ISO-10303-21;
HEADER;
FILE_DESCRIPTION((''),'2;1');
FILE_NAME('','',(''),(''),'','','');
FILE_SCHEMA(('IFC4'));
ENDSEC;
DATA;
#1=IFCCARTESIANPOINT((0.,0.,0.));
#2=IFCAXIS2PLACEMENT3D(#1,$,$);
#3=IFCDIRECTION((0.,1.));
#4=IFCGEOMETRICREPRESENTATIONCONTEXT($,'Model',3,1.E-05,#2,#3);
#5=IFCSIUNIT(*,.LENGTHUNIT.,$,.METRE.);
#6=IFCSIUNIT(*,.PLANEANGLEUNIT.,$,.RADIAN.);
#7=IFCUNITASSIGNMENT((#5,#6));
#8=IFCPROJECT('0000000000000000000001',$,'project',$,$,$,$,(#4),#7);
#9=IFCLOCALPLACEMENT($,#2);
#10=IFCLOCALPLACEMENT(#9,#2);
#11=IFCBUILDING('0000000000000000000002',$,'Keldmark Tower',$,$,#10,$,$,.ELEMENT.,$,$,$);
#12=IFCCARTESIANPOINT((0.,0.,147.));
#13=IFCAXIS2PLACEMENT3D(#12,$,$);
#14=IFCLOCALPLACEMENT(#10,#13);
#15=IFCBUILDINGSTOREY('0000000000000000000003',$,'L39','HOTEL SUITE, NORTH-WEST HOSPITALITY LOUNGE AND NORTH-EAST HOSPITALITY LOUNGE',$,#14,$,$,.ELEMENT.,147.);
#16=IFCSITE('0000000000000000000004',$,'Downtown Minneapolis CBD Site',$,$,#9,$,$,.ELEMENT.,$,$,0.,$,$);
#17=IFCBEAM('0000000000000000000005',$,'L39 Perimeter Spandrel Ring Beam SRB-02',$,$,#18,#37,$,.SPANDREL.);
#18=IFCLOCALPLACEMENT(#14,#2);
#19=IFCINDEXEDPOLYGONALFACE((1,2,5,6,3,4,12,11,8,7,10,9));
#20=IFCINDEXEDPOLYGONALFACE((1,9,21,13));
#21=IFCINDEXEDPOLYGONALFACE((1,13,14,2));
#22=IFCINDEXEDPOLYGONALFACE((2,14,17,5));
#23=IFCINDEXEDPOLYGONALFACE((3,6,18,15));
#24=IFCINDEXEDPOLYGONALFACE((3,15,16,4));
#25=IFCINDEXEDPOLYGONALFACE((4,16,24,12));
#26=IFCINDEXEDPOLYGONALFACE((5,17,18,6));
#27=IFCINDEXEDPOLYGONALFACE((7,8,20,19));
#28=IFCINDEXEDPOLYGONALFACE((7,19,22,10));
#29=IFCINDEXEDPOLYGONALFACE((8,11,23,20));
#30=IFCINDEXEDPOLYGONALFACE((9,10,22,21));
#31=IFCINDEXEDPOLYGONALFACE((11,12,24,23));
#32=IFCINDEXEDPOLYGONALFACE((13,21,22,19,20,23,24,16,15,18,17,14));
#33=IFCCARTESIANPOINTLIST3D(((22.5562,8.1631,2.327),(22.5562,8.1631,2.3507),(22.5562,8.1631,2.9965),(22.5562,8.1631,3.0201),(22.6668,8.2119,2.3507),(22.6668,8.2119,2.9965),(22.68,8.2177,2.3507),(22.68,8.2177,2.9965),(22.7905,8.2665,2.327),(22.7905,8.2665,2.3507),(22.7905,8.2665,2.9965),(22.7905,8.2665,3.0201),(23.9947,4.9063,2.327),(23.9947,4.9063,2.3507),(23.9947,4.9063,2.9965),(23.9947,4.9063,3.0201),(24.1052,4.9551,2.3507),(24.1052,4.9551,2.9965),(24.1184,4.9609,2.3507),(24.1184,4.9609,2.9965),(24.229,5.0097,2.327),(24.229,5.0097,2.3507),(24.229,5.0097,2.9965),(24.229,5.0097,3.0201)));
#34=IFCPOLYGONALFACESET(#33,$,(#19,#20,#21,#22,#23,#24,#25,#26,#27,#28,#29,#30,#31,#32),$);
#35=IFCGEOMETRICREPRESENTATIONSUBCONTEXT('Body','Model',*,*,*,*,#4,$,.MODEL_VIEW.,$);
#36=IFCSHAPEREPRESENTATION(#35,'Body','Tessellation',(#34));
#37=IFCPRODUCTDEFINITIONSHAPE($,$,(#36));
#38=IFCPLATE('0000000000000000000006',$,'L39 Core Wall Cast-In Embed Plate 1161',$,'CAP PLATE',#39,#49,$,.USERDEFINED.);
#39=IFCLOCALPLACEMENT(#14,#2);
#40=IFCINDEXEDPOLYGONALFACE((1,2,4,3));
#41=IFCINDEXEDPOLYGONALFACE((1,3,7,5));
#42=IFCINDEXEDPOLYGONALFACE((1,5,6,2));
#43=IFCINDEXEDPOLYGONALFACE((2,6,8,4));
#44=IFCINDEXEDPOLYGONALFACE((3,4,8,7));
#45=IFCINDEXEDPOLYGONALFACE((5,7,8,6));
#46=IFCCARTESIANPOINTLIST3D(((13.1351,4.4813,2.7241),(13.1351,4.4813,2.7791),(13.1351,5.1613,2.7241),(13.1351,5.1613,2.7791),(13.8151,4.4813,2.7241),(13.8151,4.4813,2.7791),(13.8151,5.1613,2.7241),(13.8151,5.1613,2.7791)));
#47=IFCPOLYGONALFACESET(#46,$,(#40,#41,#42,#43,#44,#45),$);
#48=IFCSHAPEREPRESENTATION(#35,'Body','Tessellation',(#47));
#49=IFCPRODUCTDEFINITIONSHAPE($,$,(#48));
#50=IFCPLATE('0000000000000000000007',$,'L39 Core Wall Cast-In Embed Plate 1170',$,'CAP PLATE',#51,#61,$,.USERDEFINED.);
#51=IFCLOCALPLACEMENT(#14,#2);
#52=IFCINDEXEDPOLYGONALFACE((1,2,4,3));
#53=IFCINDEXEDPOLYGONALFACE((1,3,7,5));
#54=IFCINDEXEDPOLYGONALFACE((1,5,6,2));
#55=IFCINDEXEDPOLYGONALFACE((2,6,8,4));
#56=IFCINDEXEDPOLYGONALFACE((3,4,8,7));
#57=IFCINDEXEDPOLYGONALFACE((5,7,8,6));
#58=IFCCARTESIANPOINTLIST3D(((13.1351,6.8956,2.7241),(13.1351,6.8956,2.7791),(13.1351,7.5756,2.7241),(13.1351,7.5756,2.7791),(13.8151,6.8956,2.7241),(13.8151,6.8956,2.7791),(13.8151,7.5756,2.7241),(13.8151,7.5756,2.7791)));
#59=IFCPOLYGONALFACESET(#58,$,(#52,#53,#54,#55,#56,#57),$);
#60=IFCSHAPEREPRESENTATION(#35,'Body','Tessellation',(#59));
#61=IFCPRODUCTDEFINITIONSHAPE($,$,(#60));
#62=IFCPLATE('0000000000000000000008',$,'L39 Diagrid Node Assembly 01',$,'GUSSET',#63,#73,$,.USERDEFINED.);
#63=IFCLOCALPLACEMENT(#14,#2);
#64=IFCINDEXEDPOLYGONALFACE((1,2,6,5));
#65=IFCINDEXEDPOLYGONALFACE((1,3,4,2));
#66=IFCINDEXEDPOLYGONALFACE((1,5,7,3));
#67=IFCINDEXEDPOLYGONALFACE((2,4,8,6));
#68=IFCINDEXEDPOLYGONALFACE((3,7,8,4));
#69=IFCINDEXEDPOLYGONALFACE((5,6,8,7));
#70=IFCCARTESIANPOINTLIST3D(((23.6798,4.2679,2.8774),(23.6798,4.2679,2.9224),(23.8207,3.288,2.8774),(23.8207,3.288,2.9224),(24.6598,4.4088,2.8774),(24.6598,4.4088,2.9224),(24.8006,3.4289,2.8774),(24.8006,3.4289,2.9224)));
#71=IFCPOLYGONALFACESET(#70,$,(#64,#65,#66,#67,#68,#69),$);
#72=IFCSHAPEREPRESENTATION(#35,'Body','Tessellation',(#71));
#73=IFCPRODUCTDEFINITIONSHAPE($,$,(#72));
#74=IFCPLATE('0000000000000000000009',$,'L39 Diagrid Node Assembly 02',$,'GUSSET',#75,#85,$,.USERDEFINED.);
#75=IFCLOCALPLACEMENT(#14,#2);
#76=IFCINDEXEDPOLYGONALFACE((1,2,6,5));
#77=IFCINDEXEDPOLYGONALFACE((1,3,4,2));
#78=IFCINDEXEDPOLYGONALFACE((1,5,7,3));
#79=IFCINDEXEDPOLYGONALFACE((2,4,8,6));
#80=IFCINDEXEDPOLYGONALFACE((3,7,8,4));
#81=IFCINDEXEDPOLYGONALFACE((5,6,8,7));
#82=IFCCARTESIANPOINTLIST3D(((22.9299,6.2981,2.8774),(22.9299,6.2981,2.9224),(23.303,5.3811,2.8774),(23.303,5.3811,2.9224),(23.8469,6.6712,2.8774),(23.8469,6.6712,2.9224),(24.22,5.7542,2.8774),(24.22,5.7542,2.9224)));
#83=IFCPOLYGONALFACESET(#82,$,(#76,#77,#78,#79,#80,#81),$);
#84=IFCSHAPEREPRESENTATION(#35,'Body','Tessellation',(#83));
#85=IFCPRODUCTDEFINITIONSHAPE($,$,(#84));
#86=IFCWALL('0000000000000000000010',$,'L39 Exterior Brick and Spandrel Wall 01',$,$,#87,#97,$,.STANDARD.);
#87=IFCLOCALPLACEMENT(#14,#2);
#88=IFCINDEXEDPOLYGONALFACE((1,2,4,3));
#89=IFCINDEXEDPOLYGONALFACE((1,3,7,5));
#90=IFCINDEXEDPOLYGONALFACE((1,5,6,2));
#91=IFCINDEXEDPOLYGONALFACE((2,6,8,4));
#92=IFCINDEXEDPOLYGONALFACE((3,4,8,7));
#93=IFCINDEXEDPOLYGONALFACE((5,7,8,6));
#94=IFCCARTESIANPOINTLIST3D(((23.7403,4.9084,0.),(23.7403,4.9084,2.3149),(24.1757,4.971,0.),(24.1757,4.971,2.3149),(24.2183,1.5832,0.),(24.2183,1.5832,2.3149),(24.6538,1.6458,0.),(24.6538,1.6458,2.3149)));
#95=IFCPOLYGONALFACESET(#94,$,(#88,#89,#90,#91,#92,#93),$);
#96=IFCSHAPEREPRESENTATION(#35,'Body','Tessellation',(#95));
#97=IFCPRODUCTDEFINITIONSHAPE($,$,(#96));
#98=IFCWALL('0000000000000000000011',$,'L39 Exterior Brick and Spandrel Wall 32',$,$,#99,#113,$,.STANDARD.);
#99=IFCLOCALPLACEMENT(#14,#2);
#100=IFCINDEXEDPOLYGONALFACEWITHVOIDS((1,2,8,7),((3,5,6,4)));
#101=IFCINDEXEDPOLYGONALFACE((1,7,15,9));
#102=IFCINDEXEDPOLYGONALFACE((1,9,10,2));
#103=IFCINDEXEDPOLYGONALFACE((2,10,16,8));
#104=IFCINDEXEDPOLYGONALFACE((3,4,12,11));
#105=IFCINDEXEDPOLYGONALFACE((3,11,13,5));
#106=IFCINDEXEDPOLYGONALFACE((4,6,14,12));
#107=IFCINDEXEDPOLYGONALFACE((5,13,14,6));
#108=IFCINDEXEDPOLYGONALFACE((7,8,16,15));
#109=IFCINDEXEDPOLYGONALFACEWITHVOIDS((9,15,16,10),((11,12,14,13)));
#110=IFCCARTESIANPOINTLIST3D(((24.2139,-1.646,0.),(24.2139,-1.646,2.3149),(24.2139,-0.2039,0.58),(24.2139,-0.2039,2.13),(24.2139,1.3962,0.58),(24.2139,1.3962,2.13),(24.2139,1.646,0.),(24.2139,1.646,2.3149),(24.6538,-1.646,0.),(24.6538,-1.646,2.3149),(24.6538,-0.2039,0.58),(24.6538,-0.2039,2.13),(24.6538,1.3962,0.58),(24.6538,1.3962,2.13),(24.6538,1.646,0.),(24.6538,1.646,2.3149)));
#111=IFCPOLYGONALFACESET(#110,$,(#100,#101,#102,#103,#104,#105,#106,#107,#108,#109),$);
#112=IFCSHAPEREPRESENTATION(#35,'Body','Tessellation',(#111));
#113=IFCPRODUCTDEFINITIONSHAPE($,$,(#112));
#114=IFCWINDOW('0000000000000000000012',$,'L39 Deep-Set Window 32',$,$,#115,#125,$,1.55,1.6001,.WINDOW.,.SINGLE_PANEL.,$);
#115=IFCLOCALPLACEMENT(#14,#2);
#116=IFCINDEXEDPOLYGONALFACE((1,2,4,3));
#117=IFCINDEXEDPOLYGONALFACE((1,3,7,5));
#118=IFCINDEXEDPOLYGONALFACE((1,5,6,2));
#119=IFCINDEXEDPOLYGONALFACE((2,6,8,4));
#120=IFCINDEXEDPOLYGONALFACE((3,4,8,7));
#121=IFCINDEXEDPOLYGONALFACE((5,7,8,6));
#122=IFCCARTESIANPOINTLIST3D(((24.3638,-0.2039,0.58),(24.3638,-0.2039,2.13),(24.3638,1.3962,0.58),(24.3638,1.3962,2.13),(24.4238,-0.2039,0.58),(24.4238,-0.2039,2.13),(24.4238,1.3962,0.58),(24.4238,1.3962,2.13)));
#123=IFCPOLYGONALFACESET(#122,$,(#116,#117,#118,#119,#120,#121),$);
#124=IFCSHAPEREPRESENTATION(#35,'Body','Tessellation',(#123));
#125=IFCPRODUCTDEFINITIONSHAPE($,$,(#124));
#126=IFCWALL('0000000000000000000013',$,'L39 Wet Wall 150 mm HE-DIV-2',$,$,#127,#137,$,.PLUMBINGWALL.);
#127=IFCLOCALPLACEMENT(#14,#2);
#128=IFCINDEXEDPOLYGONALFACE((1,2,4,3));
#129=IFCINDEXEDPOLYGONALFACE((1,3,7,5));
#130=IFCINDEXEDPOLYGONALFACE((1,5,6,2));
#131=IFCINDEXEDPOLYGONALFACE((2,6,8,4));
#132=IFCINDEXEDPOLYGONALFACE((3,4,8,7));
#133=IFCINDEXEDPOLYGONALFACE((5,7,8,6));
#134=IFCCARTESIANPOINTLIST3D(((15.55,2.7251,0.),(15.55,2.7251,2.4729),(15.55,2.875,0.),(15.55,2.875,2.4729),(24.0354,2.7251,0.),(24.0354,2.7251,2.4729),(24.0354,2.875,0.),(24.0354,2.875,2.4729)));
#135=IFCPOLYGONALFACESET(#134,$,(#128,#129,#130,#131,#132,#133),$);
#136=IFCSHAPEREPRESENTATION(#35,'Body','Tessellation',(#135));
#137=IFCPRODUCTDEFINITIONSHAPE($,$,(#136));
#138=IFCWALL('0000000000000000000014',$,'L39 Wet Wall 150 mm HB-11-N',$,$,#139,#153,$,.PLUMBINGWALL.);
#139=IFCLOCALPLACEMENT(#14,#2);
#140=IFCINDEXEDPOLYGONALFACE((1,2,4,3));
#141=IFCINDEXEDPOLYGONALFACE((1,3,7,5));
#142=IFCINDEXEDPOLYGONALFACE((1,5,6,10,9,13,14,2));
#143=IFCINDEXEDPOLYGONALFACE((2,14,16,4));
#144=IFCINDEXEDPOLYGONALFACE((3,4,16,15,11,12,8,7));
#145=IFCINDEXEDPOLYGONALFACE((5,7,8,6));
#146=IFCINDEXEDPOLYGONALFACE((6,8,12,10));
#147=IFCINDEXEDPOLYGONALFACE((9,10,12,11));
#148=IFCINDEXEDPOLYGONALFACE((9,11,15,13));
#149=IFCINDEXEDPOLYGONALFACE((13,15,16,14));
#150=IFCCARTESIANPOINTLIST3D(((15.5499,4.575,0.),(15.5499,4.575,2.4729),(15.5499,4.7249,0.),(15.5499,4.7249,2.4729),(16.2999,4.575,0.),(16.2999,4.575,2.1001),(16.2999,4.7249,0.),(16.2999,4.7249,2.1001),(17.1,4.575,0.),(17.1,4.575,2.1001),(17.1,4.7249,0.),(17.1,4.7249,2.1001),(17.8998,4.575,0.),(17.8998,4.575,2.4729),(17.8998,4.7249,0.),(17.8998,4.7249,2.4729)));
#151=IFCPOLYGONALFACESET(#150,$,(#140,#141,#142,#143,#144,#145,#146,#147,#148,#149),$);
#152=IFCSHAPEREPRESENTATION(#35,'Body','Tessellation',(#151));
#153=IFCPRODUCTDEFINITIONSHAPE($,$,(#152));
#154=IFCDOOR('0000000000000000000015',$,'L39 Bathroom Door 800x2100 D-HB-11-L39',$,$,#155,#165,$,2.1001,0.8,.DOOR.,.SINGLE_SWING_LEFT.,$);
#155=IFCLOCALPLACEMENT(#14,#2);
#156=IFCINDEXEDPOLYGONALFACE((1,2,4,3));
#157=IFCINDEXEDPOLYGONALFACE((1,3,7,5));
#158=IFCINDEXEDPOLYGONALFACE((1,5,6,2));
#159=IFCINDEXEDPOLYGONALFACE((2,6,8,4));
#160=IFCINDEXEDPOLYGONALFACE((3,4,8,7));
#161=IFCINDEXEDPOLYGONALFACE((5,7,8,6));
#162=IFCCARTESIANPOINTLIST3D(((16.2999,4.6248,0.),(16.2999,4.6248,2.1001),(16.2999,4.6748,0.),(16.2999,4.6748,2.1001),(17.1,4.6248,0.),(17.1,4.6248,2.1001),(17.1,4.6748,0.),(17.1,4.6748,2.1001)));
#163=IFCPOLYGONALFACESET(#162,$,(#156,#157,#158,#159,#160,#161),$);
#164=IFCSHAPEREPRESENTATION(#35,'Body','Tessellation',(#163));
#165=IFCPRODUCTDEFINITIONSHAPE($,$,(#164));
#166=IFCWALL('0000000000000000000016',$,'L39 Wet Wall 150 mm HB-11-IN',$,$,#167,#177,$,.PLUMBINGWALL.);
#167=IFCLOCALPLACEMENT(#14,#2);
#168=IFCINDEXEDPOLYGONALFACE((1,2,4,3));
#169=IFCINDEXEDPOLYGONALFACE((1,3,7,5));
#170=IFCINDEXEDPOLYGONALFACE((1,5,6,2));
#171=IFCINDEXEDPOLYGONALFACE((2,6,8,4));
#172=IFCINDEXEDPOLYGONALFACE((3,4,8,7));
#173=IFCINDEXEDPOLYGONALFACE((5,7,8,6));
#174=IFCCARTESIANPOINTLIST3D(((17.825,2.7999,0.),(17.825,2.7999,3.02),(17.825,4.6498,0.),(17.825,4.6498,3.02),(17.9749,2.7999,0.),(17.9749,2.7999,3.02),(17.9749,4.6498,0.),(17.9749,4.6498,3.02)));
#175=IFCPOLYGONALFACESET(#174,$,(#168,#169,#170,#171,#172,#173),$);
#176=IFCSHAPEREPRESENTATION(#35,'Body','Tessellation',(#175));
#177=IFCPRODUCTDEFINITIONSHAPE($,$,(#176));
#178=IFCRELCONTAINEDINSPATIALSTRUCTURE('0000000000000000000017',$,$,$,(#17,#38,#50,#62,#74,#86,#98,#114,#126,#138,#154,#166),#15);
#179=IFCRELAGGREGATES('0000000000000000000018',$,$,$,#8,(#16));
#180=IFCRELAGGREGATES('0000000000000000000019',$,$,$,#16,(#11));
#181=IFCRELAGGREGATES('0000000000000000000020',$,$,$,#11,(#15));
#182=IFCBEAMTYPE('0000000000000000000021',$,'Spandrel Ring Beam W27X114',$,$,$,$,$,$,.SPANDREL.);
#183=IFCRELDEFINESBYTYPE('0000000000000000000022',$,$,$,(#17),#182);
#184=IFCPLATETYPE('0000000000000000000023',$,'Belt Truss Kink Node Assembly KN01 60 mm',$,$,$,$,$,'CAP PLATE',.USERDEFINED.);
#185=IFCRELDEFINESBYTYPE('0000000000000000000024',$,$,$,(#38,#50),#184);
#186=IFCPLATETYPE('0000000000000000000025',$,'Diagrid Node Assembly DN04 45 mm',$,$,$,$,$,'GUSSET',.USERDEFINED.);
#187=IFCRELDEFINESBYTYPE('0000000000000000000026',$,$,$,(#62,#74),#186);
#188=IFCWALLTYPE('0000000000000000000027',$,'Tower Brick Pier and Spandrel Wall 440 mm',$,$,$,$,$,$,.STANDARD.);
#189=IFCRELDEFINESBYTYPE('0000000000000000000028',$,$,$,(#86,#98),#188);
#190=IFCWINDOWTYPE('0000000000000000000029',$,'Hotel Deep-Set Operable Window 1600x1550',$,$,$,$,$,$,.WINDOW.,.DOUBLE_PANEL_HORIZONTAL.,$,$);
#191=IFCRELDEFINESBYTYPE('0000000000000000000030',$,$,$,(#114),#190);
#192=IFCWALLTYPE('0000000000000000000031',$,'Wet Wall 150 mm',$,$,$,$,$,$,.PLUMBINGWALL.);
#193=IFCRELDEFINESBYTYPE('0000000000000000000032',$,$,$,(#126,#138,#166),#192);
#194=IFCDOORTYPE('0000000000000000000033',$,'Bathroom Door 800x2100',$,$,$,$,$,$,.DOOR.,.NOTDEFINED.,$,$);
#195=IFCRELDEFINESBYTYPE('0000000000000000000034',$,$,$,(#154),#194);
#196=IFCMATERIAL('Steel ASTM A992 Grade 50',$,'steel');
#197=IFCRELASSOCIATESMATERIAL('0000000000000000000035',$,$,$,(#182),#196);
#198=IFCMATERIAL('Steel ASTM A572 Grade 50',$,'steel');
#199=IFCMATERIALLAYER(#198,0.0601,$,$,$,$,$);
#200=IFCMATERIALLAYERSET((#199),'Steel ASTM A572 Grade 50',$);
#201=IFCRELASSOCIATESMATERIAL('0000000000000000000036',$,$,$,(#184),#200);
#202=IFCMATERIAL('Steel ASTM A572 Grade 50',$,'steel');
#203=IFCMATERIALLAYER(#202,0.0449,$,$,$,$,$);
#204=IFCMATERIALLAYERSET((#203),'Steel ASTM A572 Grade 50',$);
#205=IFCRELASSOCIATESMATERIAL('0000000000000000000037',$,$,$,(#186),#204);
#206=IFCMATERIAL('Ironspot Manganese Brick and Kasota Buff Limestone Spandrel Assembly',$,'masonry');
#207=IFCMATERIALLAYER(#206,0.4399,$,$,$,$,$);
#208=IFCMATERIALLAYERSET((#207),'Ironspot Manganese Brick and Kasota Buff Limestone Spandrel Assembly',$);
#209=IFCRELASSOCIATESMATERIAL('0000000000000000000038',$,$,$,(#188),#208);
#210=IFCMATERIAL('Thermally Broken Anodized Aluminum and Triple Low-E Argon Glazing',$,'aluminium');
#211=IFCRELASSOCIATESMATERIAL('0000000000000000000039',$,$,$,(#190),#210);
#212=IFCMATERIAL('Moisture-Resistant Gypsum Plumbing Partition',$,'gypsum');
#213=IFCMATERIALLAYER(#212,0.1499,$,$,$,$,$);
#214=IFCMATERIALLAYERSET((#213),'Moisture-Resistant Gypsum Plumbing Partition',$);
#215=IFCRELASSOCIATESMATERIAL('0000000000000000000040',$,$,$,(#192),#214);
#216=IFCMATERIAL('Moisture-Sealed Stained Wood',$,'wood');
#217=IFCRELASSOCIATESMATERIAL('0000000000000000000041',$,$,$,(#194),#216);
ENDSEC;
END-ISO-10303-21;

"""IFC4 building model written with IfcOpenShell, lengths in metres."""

from ifc_helpers import new_model, si_unit, direction, frame, frame_2d, origin, origin_2d, place, context, subcontext, project, spatial, rectangle, i_section, extrude, material, layer, layer_set, material_profile, profile_set, type_object, element, fill, save


model = new_model("IFC4")

# Units and contexts
model_context = context("Model", 3, precision=1e-05, world=origin(), true_north=direction((0.0, 1.0)))
body_context = subcontext(model_context, "Body", "Model", "MODEL_VIEW")
ifc_project = project(units=[si_unit("LENGTHUNIT", "METRE"), si_unit("PLANEANGLEUNIT", "RADIAN")], contexts=[model_context])

# Site, building, storey
site_placement = place(None, origin())
site = spatial("IfcSite", under=ifc_project, at=site_placement, Name="Downtown Minneapolis CBD Site", CompositionType="ELEMENT", RefElevation=0.0)
building_placement = place(site_placement, origin())
building = spatial("IfcBuilding", under=site, at=building_placement, Name="Keldmark Tower", CompositionType="ELEMENT")
storey_placement = place(building_placement, frame((0.0, 0.0, 147.0)))
storey = spatial("IfcBuildingStorey", under=building, at=storey_placement, Name="L39", Description="HOTEL SUITE, NORTH-WEST HOSPITALITY LOUNGE AND NORTH-EAST HOSPITALITY LOUNGE", CompositionType="ELEMENT", Elevation=147.0)

# Beam
ifc_material_1 = material(Name="Steel ASTM A992 Grade 50", Category="steel")
ifc_material_profile_1 = material_profile(ifc_material_1, i_section(OverallWidth=0.2561, OverallDepth=0.6931, WebThickness=0.0144, FlangeThickness=0.0237, at=origin_2d()), Name="W27X114")
ifc_profile_set_1 = profile_set([ifc_material_profile_1], Name="Steel ASTM A992 Grade 50")
beam_type_1 = type_object("IfcBeamType", Name="Spandrel Ring Beam W27X114", PredefinedType="SPANDREL", material=ifc_profile_set_1)
beam_1_placement = place(storey_placement, frame((24.1118, 4.958, 2.6736), z_axis=(-0.404025, 0.914748, 0.0), x_axis=(-0.914748, -0.404025, 0.0)))
element("IfcBeam", 1, at=beam_1_placement, inside=storey, type_object=beam_type_1, Name="L39 Perimeter Spandrel Ring Beam SRB-02", PredefinedType="SPANDREL", context=body_context, shape_type="SweptSolid", body=[
    extrude(i_section(OverallWidth=0.2561, OverallDepth=0.6931, WebThickness=0.0144, FlangeThickness=0.0237, at=origin_2d()), origin(), (0.0, 0.0, 1.0), 3.5603),
])

# Plates
ifc_material_2 = material(Name="Steel ASTM A572 Grade 50", Category="steel")
ifc_layer_1 = layer(ifc_material_2, 0.0601)
ifc_layer_set_1 = layer_set([ifc_layer_1], Name="Steel ASTM A572 Grade 50")
plate_type_1 = type_object("IfcPlateType", Name="Belt Truss Kink Node Assembly KN01 60 mm", ElementType="CAP PLATE", PredefinedType="USERDEFINED", material=ifc_layer_set_1)
for number, where, z_axis, x_axis, name in (
    (2, (13.4751, 4.8213, 2.7241), (0.0, 0.0, 1.0), (1.0, 0.0, 0.0), "L39 Core Wall Cast-In Embed Plate 1161"),
    (3, (13.4751, 7.2356, 2.7241), (0.0, 0.0, 1.0), (1.0, 0.0, 0.0), "L39 Core Wall Cast-In Embed Plate 1170"),
):
    element("IfcPlate", number, at=place(storey_placement, frame(where, z_axis=z_axis, x_axis=x_axis)), inside=storey, type_object=plate_type_1, Name=name, ObjectType="CAP PLATE", PredefinedType="USERDEFINED", context=body_context, shape_type="SweptSolid", body=[
        extrude(rectangle(XDim=0.6799, YDim=0.6799, at=origin_2d()), origin(), (0.0, 0.0, 1.0), 0.0549),
    ])
ifc_material_3 = material(Name="Steel ASTM A572 Grade 50", Category="steel")
ifc_layer_2 = layer(ifc_material_3, 0.0449)
ifc_layer_set_2 = layer_set([ifc_layer_2], Name="Steel ASTM A572 Grade 50")
plate_type_2 = type_object("IfcPlateType", Name="Diagrid Node Assembly DN04 45 mm", ElementType="GUSSET", PredefinedType="USERDEFINED", material=ifc_layer_set_2)
for number, where, z_axis, x_axis, name in (
    (4, (24.2402, 3.8484, 2.8774), (0.0, 0.0, 1.0), (-0.142283, 0.989826, 0.0), "L39 Diagrid Node Assembly 01"),
    (5, (23.575, 6.0261, 2.8774), (0.0, 0.0, 1.0), (-0.376871, 0.926266, 0.0), "L39 Diagrid Node Assembly 02"),
):
    element("IfcPlate", number, at=place(storey_placement, frame(where, z_axis=z_axis, x_axis=x_axis)), inside=storey, type_object=plate_type_2, Name=name, ObjectType="GUSSET", PredefinedType="USERDEFINED", context=body_context, shape_type="SweptSolid", body=[
        extrude(rectangle(XDim=0.99, YDim=0.99, at=origin_2d()), origin(), (0.0, 0.0, 1.0), 0.0449),
    ])

# Wall
ifc_material_4 = material(Name="Ironspot Manganese Brick and Kasota Buff Limestone Spandrel Assembly", Category="masonry")
ifc_layer_3 = layer(ifc_material_4, 0.4399)
ifc_layer_set_3 = layer_set([ifc_layer_3], Name="Ironspot Manganese Brick and Kasota Buff Limestone Spandrel Assembly")
wall_type_1 = type_object("IfcWallType", Name="Tower Brick Pier and Spandrel Wall 440 mm", PredefinedType="STANDARD", material=ifc_layer_set_3)
wall_1_placement = place(storey_placement, frame((23.958, 4.9397, 0.0), z_axis=(0.0, 0.0, 1.0), x_axis=(0.142296, -0.989824, 0.0)))
element("IfcWall", 6, at=wall_1_placement, inside=storey, type_object=wall_type_1, Name="L39 Exterior Brick and Spandrel Wall 01", PredefinedType="STANDARD", context=body_context, shape_type="SweptSolid", body=[
    extrude(rectangle(XDim=3.3594, YDim=0.4399, at=frame_2d((1.6797, 0.0))), origin(), (0.0, 0.0, 1.0), 2.3149),
])

# Wall, opening, window
wall_2_placement = place(storey_placement, frame((24.4338, 1.646, 0.0), z_axis=(0.0, 0.0, 1.0), x_axis=(0.0, -1.0, 0.0)))
wall_2 = element("IfcWall", 7, at=wall_2_placement, inside=storey, type_object=wall_type_1, Name="L39 Exterior Brick and Spandrel Wall 32", PredefinedType="STANDARD", context=body_context, shape_type="SweptSolid", body=[
    extrude(rectangle(XDim=3.292, YDim=0.4399, at=frame_2d((1.646, 0.0))), origin(), (0.0, 0.0, 1.0), 2.3149),
])
opening_1_placement = place(wall_2_placement, frame((0.2498, 0.0, 0.5801)))
opening_1 = element("IfcOpeningElement", 8, at=opening_1_placement, cuts=wall_2, PredefinedType="OPENING", context=body_context, shape_type="SweptSolid", body=[
    extrude(rectangle(XDim=1.6001, YDim=1.55, at=frame_2d((0.8, 0.7749))), frame((0.0, 0.23, 0.0), z_axis=(0.0, -1.0, 0.0), x_axis=(1.0, 0.0, 0.0)), (0.0, 0.0, 1.0), 0.46),
])
ifc_material_5 = material(Name="Thermally Broken Anodized Aluminum and Triple Low-E Argon Glazing", Category="aluminium")
window_type = type_object("IfcWindowType", Name="Hotel Deep-Set Operable Window 1600x1550", PartitioningType="DOUBLE_PANEL_HORIZONTAL", PredefinedType="WINDOW", material=ifc_material_5)
window_placement = place(opening_1_placement, origin())
window = element("IfcWindow", 9, at=window_placement, inside=storey, type_object=window_type, Name="L39 Deep-Set Window 32", OverallHeight=1.55, OverallWidth=1.6001, PartitioningType="SINGLE_PANEL", PredefinedType="WINDOW", context=body_context, shape_type="SweptSolid", body=[
    extrude(rectangle(XDim=1.6001, YDim=1.55, at=frame_2d((0.8, 0.7749))), frame((0.0, -0.01, 0.0), z_axis=(0.0, -1.0, 0.0), x_axis=(1.0, 0.0, 0.0)), (0.0, 0.0, 1.0), 0.0601),
])
fill(opening_1, window)

# Wall
ifc_material_6 = material(Name="Moisture-Resistant Gypsum Plumbing Partition", Category="gypsum")
ifc_layer_4 = layer(ifc_material_6, 0.1499)
ifc_layer_set_4 = layer_set([ifc_layer_4], Name="Moisture-Resistant Gypsum Plumbing Partition")
wall_type_2 = type_object("IfcWallType", Name="Wet Wall 150 mm", PredefinedType="PLUMBINGWALL", material=ifc_layer_set_4)
wall_3_placement = place(storey_placement, frame((15.55, 2.8, 0.0), z_axis=(0.0, 0.0, 1.0), x_axis=(1.0, 0.0, 0.0)))
element("IfcWall", 10, at=wall_3_placement, inside=storey, type_object=wall_type_2, Name="L39 Wet Wall 150 mm HE-DIV-2", PredefinedType="PLUMBINGWALL", context=body_context, shape_type="SweptSolid", body=[
    extrude(rectangle(XDim=8.4854, YDim=0.1499, at=frame_2d((4.2427, 0.0))), origin(), (0.0, 0.0, 1.0), 2.4729),
])

# Wall, opening, door
wall_4_placement = place(storey_placement, frame((15.55, 4.6499, 0.0), z_axis=(0.0, 0.0, 1.0), x_axis=(1.0, 0.0, 0.0)))
wall_4 = element("IfcWall", 11, at=wall_4_placement, inside=storey, type_object=wall_type_2, Name="L39 Wet Wall 150 mm HB-11-N", PredefinedType="PLUMBINGWALL", context=body_context, shape_type="SweptSolid", body=[
    extrude(rectangle(XDim=2.3499, YDim=0.1499, at=frame_2d((1.1748, 0.0))), origin(), (0.0, 0.0, 1.0), 2.4729),
])
opening_2_placement = place(wall_4_placement, frame((0.75, 0.0, 0.0)))
opening_2 = element("IfcOpeningElement", 12, at=opening_2_placement, cuts=wall_4, PredefinedType="OPENING", context=body_context, shape_type="SweptSolid", body=[
    extrude(rectangle(XDim=0.8, YDim=2.1001, at=frame_2d((0.3999, 1.05))), frame((0.0, 0.085, 0.0), z_axis=(0.0, -1.0, 0.0), x_axis=(1.0, 0.0, 0.0)), (0.0, 0.0, 1.0), 0.1699),
])
ifc_material_7 = material(Name="Moisture-Sealed Stained Wood", Category="wood")
door_type_1 = type_object("IfcDoorType", Name="Bathroom Door 800x2100", OperationType="NOTDEFINED", PredefinedType="DOOR", material=ifc_material_7)
door_1_placement = place(opening_2_placement, origin())
door_1 = element("IfcDoor", 13, at=door_1_placement, inside=storey, type_object=door_type_1, Name="L39 Bathroom Door 800x2100 D-HB-11-L39", OperationType="SINGLE_SWING_LEFT", OverallHeight=2.1001, OverallWidth=0.8, PredefinedType="DOOR", context=body_context, shape_type="SweptSolid", body=[
    extrude(rectangle(XDim=0.8, YDim=2.1001, at=frame_2d((0.3999, 1.05))), frame((0.0, 0.0249, 0.0), z_axis=(0.0, -1.0, 0.0), x_axis=(1.0, 0.0, 0.0)), (0.0, 0.0, 1.0), 0.05),
])
fill(opening_2, door_1)

# Wall
wall_5_placement = place(storey_placement, frame((17.8999, 2.8, 0.0), z_axis=(0.0, 0.0, 1.0), x_axis=(0.0, 1.0, 0.0)))
element("IfcWall", 14, at=wall_5_placement, inside=storey, type_object=wall_type_2, Name="L39 Wet Wall 150 mm HB-11-IN", PredefinedType="PLUMBINGWALL", context=body_context, shape_type="SweptSolid", body=[
    extrude(rectangle(XDim=1.8499, YDim=0.1499, at=frame_2d((0.9248, 0.0))), origin(), (0.0, 0.0, 1.0), 3.02),
])

save(model, "model.ifc")
